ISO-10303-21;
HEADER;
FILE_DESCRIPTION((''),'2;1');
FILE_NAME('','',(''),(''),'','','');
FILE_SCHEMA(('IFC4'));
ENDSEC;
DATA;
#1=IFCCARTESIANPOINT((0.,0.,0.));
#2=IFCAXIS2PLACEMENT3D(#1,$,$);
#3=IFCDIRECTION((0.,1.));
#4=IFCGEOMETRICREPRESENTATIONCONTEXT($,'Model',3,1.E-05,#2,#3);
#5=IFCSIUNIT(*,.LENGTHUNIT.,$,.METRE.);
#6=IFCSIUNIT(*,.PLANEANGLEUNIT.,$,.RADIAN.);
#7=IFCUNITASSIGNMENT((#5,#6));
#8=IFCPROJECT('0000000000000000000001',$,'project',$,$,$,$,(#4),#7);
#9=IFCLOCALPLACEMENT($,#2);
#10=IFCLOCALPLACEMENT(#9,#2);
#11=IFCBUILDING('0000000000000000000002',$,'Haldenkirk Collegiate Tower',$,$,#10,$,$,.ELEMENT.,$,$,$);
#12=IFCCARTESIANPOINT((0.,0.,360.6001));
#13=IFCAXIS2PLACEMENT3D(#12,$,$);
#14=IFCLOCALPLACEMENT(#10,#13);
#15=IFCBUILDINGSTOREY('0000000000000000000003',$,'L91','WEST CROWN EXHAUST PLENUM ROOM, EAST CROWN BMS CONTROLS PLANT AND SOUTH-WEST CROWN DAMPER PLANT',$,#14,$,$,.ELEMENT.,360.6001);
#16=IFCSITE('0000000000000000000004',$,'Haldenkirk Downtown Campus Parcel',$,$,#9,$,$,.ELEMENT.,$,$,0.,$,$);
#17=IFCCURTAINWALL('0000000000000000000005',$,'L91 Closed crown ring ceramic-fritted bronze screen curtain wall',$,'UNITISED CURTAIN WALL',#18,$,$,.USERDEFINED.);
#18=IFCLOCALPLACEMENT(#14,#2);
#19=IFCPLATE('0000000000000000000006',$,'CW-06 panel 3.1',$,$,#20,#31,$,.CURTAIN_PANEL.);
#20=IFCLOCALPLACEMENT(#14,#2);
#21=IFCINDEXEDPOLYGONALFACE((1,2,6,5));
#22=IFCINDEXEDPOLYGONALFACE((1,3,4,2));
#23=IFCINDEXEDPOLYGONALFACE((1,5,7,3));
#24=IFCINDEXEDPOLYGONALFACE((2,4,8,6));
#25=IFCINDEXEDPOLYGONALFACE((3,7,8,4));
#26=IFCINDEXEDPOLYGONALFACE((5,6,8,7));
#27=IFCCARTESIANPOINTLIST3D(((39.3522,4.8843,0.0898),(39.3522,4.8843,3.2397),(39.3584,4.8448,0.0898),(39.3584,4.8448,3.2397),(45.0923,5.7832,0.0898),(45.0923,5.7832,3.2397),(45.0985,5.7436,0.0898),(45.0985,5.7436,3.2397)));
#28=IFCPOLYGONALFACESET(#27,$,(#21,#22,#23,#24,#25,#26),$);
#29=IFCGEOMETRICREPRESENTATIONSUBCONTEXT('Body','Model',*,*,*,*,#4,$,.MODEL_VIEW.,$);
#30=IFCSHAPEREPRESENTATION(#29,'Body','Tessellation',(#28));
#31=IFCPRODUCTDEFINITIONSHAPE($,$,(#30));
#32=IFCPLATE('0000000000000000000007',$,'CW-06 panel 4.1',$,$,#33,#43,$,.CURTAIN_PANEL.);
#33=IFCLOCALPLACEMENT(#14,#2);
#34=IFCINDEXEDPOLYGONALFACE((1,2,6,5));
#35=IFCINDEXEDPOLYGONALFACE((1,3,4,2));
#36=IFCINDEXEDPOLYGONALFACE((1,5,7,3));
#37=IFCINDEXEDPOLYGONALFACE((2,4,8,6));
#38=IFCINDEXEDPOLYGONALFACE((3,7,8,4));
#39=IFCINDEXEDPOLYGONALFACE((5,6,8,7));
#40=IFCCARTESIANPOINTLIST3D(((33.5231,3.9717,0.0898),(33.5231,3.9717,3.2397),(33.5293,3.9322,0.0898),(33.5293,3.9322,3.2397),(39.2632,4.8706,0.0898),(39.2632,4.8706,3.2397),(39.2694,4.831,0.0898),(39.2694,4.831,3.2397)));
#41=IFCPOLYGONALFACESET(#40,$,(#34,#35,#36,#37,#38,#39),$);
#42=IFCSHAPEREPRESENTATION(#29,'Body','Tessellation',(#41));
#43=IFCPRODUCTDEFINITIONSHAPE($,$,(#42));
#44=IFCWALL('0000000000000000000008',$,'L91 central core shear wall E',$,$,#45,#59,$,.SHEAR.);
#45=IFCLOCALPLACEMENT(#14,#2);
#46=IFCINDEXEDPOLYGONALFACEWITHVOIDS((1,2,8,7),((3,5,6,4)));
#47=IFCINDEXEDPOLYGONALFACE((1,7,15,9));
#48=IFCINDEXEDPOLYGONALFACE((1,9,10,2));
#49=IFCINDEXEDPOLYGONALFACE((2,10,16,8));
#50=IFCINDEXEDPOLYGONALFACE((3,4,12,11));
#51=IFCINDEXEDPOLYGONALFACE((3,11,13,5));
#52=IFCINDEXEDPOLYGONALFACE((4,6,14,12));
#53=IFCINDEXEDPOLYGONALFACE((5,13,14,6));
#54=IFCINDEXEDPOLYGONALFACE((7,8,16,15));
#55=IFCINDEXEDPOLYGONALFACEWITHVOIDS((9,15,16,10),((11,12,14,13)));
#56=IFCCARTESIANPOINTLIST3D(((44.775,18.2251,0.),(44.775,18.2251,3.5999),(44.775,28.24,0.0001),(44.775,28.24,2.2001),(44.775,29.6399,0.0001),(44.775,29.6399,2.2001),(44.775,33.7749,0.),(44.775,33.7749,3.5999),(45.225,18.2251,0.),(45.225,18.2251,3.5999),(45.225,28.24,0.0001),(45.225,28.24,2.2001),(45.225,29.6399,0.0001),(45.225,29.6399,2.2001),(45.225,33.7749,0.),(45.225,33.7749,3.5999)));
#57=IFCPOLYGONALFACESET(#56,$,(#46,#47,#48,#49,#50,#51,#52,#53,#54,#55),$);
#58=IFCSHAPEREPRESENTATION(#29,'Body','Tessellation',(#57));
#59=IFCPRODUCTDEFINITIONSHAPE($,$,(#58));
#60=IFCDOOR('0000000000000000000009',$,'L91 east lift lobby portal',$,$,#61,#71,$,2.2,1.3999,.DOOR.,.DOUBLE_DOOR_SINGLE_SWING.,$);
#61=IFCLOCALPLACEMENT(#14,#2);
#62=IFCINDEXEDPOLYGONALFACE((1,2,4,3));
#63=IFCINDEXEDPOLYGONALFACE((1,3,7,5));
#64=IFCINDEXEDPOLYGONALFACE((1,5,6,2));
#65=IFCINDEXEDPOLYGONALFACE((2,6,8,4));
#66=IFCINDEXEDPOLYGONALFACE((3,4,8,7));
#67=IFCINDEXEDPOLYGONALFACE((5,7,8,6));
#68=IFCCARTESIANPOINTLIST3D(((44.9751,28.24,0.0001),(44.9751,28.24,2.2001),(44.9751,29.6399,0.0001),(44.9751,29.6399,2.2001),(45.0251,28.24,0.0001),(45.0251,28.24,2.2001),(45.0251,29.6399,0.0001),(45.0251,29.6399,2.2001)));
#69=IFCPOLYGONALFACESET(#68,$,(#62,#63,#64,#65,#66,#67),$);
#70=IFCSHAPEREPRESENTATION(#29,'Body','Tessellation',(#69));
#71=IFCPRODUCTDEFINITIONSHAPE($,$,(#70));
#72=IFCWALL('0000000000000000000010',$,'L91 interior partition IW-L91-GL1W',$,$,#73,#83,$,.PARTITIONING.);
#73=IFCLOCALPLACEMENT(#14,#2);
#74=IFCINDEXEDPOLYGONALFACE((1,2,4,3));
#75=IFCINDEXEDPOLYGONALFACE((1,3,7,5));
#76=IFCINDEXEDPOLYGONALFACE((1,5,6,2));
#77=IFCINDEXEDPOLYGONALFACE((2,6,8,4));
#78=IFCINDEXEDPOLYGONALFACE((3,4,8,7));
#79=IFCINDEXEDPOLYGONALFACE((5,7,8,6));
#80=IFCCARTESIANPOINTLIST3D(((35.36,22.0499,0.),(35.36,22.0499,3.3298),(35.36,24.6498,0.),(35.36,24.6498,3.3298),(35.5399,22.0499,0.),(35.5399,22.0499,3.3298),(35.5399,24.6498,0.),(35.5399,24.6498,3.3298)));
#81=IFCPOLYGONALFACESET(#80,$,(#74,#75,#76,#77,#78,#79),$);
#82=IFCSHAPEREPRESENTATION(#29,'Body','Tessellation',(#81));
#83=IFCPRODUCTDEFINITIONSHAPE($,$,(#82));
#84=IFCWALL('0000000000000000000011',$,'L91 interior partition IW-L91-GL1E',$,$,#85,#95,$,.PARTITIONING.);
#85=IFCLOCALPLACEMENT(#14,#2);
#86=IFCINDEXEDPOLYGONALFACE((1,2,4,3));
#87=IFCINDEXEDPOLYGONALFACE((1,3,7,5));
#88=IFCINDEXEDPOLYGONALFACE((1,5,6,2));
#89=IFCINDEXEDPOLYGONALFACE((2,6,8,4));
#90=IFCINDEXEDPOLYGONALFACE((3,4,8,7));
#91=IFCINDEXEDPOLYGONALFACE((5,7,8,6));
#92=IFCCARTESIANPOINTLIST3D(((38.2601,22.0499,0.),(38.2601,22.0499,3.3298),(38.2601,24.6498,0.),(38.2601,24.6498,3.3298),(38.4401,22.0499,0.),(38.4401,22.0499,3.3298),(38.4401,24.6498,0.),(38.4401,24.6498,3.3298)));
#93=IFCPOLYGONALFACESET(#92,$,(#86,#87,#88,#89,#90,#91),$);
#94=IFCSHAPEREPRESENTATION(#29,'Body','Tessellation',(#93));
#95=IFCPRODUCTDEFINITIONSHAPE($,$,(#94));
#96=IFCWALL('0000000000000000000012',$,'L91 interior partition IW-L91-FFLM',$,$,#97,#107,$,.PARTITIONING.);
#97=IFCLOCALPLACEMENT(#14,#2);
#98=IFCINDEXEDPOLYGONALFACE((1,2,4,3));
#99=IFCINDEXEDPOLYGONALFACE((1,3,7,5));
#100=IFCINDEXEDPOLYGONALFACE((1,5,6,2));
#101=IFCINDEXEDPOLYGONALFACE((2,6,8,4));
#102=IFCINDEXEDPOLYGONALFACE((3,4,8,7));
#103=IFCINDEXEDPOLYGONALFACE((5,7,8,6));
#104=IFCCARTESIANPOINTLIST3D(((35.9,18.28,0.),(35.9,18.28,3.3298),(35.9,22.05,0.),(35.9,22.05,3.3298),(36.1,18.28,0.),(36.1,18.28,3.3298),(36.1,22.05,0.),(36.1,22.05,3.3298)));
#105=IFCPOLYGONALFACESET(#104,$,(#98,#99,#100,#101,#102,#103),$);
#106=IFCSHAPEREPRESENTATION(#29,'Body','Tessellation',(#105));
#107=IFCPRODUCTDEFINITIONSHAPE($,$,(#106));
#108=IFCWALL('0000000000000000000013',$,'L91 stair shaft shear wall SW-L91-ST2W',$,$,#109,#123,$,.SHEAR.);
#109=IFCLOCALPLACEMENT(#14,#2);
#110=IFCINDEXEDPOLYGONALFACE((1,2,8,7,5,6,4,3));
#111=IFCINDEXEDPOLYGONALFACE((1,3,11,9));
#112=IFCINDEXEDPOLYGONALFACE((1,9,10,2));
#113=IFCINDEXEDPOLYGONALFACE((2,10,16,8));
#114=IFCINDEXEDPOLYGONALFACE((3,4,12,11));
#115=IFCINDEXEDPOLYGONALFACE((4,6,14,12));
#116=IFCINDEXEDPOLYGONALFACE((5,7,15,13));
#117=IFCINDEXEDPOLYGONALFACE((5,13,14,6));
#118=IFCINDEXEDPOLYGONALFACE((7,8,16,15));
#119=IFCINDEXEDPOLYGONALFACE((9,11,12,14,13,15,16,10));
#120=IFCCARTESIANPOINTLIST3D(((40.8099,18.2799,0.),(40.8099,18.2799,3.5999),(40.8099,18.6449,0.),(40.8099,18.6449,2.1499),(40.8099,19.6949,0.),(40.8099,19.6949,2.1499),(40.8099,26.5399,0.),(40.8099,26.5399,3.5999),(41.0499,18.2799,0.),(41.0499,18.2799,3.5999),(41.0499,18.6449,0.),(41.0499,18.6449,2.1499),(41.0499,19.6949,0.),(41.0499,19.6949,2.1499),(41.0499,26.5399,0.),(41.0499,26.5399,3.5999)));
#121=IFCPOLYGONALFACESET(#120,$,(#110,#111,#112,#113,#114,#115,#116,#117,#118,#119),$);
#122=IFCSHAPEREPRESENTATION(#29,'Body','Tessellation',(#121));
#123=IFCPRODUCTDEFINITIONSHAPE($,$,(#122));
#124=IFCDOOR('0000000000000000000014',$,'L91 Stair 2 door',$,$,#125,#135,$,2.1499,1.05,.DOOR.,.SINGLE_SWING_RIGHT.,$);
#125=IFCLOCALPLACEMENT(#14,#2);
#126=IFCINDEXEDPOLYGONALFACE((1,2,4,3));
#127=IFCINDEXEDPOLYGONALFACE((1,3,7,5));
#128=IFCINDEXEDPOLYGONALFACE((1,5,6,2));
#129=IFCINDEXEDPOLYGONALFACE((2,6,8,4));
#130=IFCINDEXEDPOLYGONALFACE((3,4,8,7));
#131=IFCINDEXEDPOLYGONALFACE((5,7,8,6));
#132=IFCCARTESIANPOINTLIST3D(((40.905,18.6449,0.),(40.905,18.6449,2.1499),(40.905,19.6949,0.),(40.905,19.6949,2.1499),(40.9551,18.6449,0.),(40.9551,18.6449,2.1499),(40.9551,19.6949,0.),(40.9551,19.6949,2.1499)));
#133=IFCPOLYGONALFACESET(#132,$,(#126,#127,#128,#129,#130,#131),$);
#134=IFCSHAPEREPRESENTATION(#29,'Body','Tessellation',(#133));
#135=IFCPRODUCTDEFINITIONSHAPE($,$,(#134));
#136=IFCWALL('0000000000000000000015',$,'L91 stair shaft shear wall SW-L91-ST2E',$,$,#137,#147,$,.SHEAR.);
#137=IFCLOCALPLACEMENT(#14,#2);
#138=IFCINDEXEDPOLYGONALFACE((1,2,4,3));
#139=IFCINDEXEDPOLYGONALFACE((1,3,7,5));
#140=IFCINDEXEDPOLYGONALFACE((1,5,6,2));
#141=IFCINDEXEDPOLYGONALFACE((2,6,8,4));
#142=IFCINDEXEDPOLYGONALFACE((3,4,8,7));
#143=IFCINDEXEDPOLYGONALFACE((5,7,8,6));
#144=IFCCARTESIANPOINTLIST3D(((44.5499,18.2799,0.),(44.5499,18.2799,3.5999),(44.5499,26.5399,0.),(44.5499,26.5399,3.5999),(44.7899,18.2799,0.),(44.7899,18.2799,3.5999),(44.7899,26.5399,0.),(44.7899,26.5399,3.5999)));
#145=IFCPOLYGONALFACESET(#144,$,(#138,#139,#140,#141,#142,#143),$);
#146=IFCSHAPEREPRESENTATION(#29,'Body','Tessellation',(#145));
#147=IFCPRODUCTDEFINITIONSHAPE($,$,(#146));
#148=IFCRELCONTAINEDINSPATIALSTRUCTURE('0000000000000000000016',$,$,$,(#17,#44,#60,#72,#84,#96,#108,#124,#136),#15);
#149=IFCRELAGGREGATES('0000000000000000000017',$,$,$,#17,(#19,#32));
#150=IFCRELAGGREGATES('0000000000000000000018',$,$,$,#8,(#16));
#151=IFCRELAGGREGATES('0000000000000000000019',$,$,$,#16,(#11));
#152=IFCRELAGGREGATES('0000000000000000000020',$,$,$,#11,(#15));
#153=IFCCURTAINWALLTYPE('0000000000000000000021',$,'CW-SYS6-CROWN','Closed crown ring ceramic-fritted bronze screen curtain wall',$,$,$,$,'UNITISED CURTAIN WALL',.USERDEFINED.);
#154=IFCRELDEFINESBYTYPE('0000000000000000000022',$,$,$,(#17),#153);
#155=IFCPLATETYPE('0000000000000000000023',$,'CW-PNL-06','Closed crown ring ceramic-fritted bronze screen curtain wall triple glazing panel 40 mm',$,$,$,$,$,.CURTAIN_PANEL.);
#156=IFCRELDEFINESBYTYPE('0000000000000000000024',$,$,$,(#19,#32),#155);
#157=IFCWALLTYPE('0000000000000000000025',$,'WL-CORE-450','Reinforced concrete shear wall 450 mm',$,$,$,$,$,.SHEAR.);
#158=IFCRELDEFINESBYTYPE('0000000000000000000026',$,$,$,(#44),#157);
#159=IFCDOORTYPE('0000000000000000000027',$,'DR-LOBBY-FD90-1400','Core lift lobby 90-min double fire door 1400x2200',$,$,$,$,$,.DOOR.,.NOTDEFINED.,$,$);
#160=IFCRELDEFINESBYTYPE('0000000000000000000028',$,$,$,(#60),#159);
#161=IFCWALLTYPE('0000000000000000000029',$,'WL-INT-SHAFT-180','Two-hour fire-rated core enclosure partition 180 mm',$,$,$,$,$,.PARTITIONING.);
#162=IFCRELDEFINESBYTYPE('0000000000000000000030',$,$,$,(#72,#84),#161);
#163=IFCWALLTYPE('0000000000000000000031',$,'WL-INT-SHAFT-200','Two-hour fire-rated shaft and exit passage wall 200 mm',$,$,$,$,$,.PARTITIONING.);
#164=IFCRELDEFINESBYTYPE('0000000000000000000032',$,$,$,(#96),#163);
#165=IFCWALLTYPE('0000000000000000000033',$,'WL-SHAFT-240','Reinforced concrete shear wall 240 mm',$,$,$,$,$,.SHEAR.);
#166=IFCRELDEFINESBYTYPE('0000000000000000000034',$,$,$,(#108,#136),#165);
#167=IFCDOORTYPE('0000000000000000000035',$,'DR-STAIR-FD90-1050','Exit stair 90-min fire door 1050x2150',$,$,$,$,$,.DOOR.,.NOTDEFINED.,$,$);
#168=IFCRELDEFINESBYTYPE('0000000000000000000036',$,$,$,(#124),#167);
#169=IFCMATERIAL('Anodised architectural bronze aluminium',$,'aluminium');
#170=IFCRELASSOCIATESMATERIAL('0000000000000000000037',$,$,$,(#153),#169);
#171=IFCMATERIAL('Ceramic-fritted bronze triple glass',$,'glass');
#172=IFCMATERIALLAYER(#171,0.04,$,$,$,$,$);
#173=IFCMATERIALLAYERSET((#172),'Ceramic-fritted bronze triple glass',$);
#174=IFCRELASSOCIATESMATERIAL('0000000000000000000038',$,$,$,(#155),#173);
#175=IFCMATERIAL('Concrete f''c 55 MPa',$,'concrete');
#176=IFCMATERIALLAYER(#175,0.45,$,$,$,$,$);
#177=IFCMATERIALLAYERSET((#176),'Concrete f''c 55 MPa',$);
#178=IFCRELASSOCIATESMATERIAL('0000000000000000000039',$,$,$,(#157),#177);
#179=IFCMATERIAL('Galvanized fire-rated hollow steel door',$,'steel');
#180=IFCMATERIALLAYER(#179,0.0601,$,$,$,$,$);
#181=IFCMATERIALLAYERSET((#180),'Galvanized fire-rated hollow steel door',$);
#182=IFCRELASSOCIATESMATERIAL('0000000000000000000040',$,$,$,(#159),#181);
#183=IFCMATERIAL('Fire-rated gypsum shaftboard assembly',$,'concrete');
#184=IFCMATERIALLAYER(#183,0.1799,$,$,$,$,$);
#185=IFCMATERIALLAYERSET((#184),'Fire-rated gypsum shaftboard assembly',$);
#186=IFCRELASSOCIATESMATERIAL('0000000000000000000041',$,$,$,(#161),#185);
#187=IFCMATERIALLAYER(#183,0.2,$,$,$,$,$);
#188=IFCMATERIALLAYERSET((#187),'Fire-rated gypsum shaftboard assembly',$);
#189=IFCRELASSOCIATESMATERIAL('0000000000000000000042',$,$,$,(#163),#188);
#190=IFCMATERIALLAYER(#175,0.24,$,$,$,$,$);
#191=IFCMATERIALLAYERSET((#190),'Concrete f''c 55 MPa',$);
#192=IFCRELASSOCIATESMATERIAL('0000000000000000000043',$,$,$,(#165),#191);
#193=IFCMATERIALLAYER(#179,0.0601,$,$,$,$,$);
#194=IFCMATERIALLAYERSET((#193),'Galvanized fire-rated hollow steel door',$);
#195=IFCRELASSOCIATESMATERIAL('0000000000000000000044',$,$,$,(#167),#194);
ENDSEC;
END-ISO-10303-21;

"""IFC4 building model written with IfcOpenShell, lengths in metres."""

from ifc_helpers import new_model, si_unit, direction, frame, frame_2d, origin, origin_2d, place, context, subcontext, project, spatial, rectangle, extrude, source, transform, mapped, material, layer, layer_set, type_object, element, fill, aggregate, save


model = new_model("IFC4")

# Units and contexts
model_context = context("Model", 3, precision=1e-05, world=origin(), true_north=direction((0.0, 1.0)))
body_context = subcontext(model_context, "Body", "Model", "MODEL_VIEW")
ifc_project = project(units=[si_unit("LENGTHUNIT", "METRE"), si_unit("PLANEANGLEUNIT", "RADIAN")], contexts=[model_context])

# Site, building, storey
site_placement = place(None, origin())
site = spatial("IfcSite", under=ifc_project, at=site_placement, Name="Haldenkirk Downtown Campus Parcel", CompositionType="ELEMENT", RefElevation=0.0)
building_placement = place(site_placement, origin())
building = spatial("IfcBuilding", under=site, at=building_placement, Name="Haldenkirk Collegiate Tower", CompositionType="ELEMENT")
storey_placement = place(building_placement, frame((0.0, 0.0, 360.6001)))
storey = spatial("IfcBuildingStorey", under=building, at=storey_placement, Name="L91", Description="WEST CROWN EXHAUST PLENUM ROOM, EAST CROWN BMS CONTROLS PLANT AND SOUTH-WEST CROWN DAMPER PLANT", CompositionType="ELEMENT", Elevation=360.6001)

# Curtain wall
ifc_material_1 = material(Name="Anodised architectural bronze aluminium", Category="aluminium")
curtain_wall_type = type_object("IfcCurtainWallType", Name="CW-SYS6-CROWN", Description="Closed crown ring ceramic-fritted bronze screen curtain wall", ElementType="UNITISED CURTAIN WALL", PredefinedType="USERDEFINED", material=ifc_material_1)
curtain_wall_placement = place(storey_placement, origin())
curtain_wall = element("IfcCurtainWall", 1, at=curtain_wall_placement, inside=storey, type_object=curtain_wall_type, Name="L91 Closed crown ring ceramic-fritted bronze screen curtain wall", ObjectType="UNITISED CURTAIN WALL", PredefinedType="USERDEFINED")

# Plates
ifc_material_2 = material(Name="Ceramic-fritted bronze triple glass", Category="glass")
ifc_layer_1 = layer(ifc_material_2, 0.04)
ifc_layer_set_1 = layer_set([ifc_layer_1], Name="Ceramic-fritted bronze triple glass")
plate_type_1 = type_object("IfcPlateType", Name="CW-PNL-06", Description="Closed crown ring ceramic-fritted bronze screen curtain wall triple glazing panel 40 mm", PredefinedType="CURTAIN_PANEL", material=ifc_layer_set_1)
shared_shape_1 = source(origin(), body_context, "Body", "SweptSolid", [
    extrude(rectangle(XDim=5.8101, YDim=0.04, at=origin_2d()), origin(), (0.0, 0.0, 1.0), 3.1499),
])
plate_1_placement = place(storey_placement, frame((42.2253, 5.314, 0.0898), z_axis=(0.0, 0.0, 1.0), x_axis=(-0.98796, -0.154709, 0.0)))
plate_1 = element("IfcPlate", 2, at=plate_1_placement, type_object=plate_type_1, Name="CW-06 panel 3.1", PredefinedType="CURTAIN_PANEL", context=body_context, shape_type="MappedRepresentation", body=[
    mapped(shared_shape_1, transform((0.0, 0.0, 0.0), x_axis=(1.0, 0.0, 0.0), y_axis=(0.0, 1.0, 0.0), z_axis=(0.0, 0.0, 1.0), scale=1.0)),
])
plate_2_placement = place(storey_placement, frame((36.3962, 4.4014, 0.0898), z_axis=(0.0, 0.0, 1.0), x_axis=(-0.98796, -0.154709, 0.0)))
plate_2 = element("IfcPlate", 3, at=plate_2_placement, type_object=plate_type_1, Name="CW-06 panel 4.1", PredefinedType="CURTAIN_PANEL", context=body_context, shape_type="MappedRepresentation", body=[
    mapped(shared_shape_1, transform((0.0, 0.0, 0.0), x_axis=(1.0, 0.0, 0.0), y_axis=(0.0, 1.0, 0.0), z_axis=(0.0, 0.0, 1.0), scale=1.0)),
])
aggregate(curtain_wall, [plate_1, plate_2])

# Wall, opening, door
ifc_material_3 = material(Name="Concrete f'c 55 MPa", Category="concrete")
ifc_layer_2 = layer(ifc_material_3, 0.45)
ifc_layer_set_2 = layer_set([ifc_layer_2], Name="Concrete f'c 55 MPa")
wall_type_1 = type_object("IfcWallType", Name="WL-CORE-450", Description="Reinforced concrete shear wall 450 mm", PredefinedType="SHEAR", material=ifc_layer_set_2)
wall_1_placement = place(storey_placement, frame((45.0, 18.2251, 0.0), z_axis=(0.0, 0.0, 1.0), x_axis=(0.0, 1.0, 0.0)))
wall_1 = element("IfcWall", 4, at=wall_1_placement, inside=storey, type_object=wall_type_1, Name="L91 central core shear wall E", PredefinedType="SHEAR", context=body_context, shape_type="SweptSolid", body=[
    extrude(rectangle(XDim=15.5498, YDim=0.45, at=frame_2d((7.7749, 0.0))), origin(), (0.0, 0.0, 1.0), 3.5999),
])
opening_1_placement = place(wall_1_placement, frame((10.0149, 0.0, 0.0)))
opening_1 = element("IfcOpeningElement", 5, at=opening_1_placement, cuts=wall_1, PredefinedType="OPENING", context=body_context, shape_type="SweptSolid", body=[
    extrude(rectangle(XDim=1.3999, YDim=2.2, at=frame_2d((0.7, 1.1001))), frame((0.0, 0.2349, 0.0), z_axis=(0.0, -1.0, 0.0), x_axis=(1.0, 0.0, 0.0)), (0.0, 0.0, 1.0), 0.47),
])
ifc_material_4 = material(Name="Galvanized fire-rated hollow steel door", Category="steel")
ifc_layer_3 = layer(ifc_material_4, 0.0601)
ifc_layer_set_3 = layer_set([ifc_layer_3], Name="Galvanized fire-rated hollow steel door")
door_type_1 = type_object("IfcDoorType", Name="DR-LOBBY-FD90-1400", Description="Core lift lobby 90-min double fire door 1400x2200", OperationType="NOTDEFINED", PredefinedType="DOOR", material=ifc_layer_set_3)
door_1_placement = place(opening_1_placement, origin())
door_1 = element("IfcDoor", 6, at=door_1_placement, inside=storey, type_object=door_type_1, Name="L91 east lift lobby portal", OperationType="DOUBLE_DOOR_SINGLE_SWING", OverallHeight=2.2, OverallWidth=1.3999, PredefinedType="DOOR", context=body_context, shape_type="SweptSolid", body=[
    extrude(rectangle(XDim=1.3999, YDim=2.2, at=frame_2d((0.7, 1.1001))), frame((0.0, 0.0249, 0.0), z_axis=(0.0, -1.0, 0.0), x_axis=(1.0, 0.0, 0.0)), (0.0, 0.0, 1.0), 0.05),
])
fill(opening_1, door_1)

# Walls
ifc_material_5 = material(Name="Fire-rated gypsum shaftboard assembly", Category="concrete")
ifc_layer_4 = layer(ifc_material_5, 0.1799)
ifc_layer_set_4 = layer_set([ifc_layer_4], Name="Fire-rated gypsum shaftboard assembly")
wall_type_2 = type_object("IfcWallType", Name="WL-INT-SHAFT-180", Description="Two-hour fire-rated core enclosure partition 180 mm", PredefinedType="PARTITIONING", material=ifc_layer_set_4)
for number, where, z_axis, x_axis, name in (
    (7, (35.45, 22.05, 0.0), (0.0, 0.0, 1.0), (0.0, 1.0, 0.0), "L91 interior partition IW-L91-GL1W"),
    (8, (38.3501, 22.05, 0.0), (0.0, 0.0, 1.0), (0.0, 1.0, 0.0), "L91 interior partition IW-L91-GL1E"),
):
    element("IfcWall", number, at=place(storey_placement, frame(where, z_axis=z_axis, x_axis=x_axis)), inside=storey, type_object=wall_type_2, Name=name, PredefinedType="PARTITIONING", context=body_context, shape_type="SweptSolid", body=[
        extrude(rectangle(XDim=2.5999, YDim=0.1799, at=frame_2d((1.2998, 0.0))), origin(), (0.0, 0.0, 1.0), 3.3298),
    ])
ifc_layer_5 = layer(ifc_material_5, 0.2)
ifc_layer_set_5 = layer_set([ifc_layer_5], Name="Fire-rated gypsum shaftboard assembly")
wall_type_3 = type_object("IfcWallType", Name="WL-INT-SHAFT-200", Description="Two-hour fire-rated shaft and exit passage wall 200 mm", PredefinedType="PARTITIONING", material=ifc_layer_set_5)
wall_2_placement = place(storey_placement, frame((36.0, 18.28, 0.0), z_axis=(0.0, 0.0, 1.0), x_axis=(0.0, 1.0, 0.0)))
element("IfcWall", 9, at=wall_2_placement, inside=storey, type_object=wall_type_3, Name="L91 interior partition IW-L91-FFLM", PredefinedType="PARTITIONING", context=body_context, shape_type="SweptSolid", body=[
    extrude(rectangle(XDim=3.77, YDim=0.2, at=frame_2d((1.885, 0.0))), origin(), (0.0, 0.0, 1.0), 3.3298),
])

# Wall, opening, door
ifc_layer_6 = layer(ifc_material_3, 0.24)
ifc_layer_set_6 = layer_set([ifc_layer_6], Name="Concrete f'c 55 MPa")
wall_type_4 = type_object("IfcWallType", Name="WL-SHAFT-240", Description="Reinforced concrete shear wall 240 mm", PredefinedType="SHEAR", material=ifc_layer_set_6)
wall_3_placement = place(storey_placement, frame((40.9299, 18.28, 0.0), z_axis=(0.0, 0.0, 1.0), x_axis=(0.0, 1.0, 0.0)))
wall_3 = element("IfcWall", 10, at=wall_3_placement, inside=storey, type_object=wall_type_4, Name="L91 stair shaft shear wall SW-L91-ST2W", PredefinedType="SHEAR", context=body_context, shape_type="SweptSolid", body=[
    extrude(rectangle(XDim=8.26, YDim=0.24, at=frame_2d((4.1299, 0.0))), origin(), (0.0, 0.0, 1.0), 3.5999),
])
opening_2_placement = place(wall_3_placement, frame((0.365, 0.0, 0.0)))
opening_2 = element("IfcOpeningElement", 11, at=opening_2_placement, cuts=wall_3, PredefinedType="OPENING", context=body_context, shape_type="SweptSolid", body=[
    extrude(rectangle(XDim=1.05, YDim=2.1499, at=frame_2d((0.5249, 1.075))), frame((0.0, 0.1299, 0.0), z_axis=(0.0, -1.0, 0.0), x_axis=(1.0, 0.0, 0.0)), (0.0, 0.0, 1.0), 0.26),
])
ifc_layer_7 = layer(ifc_material_4, 0.0601)
ifc_layer_set_7 = layer_set([ifc_layer_7], Name="Galvanized fire-rated hollow steel door")
door_type_2 = type_object("IfcDoorType", Name="DR-STAIR-FD90-1050", Description="Exit stair 90-min fire door 1050x2150", OperationType="NOTDEFINED", PredefinedType="DOOR", material=ifc_layer_set_7)
door_2_placement = place(opening_2_placement, origin())
door_2 = element("IfcDoor", 12, at=door_2_placement, inside=storey, type_object=door_type_2, Name="L91 Stair 2 door", OperationType="SINGLE_SWING_RIGHT", OverallHeight=2.1499, OverallWidth=1.05, PredefinedType="DOOR", context=body_context, shape_type="SweptSolid", body=[
    extrude(rectangle(XDim=1.05, YDim=2.1499, at=frame_2d((0.5249, 1.075))), frame((0.0, 0.0249, 0.0), z_axis=(0.0, -1.0, 0.0), x_axis=(1.0, 0.0, 0.0)), (0.0, 0.0, 1.0), 0.05),
])
fill(opening_2, door_2)

# Wall
wall_4_placement = place(storey_placement, frame((44.6699, 18.28, 0.0), z_axis=(0.0, 0.0, 1.0), x_axis=(0.0, 1.0, 0.0)))
element("IfcWall", 13, at=wall_4_placement, inside=storey, type_object=wall_type_4, Name="L91 stair shaft shear wall SW-L91-ST2E", PredefinedType="SHEAR", context=body_context, shape_type="SweptSolid", body=[
    extrude(rectangle(XDim=8.26, YDim=0.24, at=frame_2d((4.1299, 0.0))), origin(), (0.0, 0.0, 1.0), 3.5999),
])

save(model, "model.ifc")
